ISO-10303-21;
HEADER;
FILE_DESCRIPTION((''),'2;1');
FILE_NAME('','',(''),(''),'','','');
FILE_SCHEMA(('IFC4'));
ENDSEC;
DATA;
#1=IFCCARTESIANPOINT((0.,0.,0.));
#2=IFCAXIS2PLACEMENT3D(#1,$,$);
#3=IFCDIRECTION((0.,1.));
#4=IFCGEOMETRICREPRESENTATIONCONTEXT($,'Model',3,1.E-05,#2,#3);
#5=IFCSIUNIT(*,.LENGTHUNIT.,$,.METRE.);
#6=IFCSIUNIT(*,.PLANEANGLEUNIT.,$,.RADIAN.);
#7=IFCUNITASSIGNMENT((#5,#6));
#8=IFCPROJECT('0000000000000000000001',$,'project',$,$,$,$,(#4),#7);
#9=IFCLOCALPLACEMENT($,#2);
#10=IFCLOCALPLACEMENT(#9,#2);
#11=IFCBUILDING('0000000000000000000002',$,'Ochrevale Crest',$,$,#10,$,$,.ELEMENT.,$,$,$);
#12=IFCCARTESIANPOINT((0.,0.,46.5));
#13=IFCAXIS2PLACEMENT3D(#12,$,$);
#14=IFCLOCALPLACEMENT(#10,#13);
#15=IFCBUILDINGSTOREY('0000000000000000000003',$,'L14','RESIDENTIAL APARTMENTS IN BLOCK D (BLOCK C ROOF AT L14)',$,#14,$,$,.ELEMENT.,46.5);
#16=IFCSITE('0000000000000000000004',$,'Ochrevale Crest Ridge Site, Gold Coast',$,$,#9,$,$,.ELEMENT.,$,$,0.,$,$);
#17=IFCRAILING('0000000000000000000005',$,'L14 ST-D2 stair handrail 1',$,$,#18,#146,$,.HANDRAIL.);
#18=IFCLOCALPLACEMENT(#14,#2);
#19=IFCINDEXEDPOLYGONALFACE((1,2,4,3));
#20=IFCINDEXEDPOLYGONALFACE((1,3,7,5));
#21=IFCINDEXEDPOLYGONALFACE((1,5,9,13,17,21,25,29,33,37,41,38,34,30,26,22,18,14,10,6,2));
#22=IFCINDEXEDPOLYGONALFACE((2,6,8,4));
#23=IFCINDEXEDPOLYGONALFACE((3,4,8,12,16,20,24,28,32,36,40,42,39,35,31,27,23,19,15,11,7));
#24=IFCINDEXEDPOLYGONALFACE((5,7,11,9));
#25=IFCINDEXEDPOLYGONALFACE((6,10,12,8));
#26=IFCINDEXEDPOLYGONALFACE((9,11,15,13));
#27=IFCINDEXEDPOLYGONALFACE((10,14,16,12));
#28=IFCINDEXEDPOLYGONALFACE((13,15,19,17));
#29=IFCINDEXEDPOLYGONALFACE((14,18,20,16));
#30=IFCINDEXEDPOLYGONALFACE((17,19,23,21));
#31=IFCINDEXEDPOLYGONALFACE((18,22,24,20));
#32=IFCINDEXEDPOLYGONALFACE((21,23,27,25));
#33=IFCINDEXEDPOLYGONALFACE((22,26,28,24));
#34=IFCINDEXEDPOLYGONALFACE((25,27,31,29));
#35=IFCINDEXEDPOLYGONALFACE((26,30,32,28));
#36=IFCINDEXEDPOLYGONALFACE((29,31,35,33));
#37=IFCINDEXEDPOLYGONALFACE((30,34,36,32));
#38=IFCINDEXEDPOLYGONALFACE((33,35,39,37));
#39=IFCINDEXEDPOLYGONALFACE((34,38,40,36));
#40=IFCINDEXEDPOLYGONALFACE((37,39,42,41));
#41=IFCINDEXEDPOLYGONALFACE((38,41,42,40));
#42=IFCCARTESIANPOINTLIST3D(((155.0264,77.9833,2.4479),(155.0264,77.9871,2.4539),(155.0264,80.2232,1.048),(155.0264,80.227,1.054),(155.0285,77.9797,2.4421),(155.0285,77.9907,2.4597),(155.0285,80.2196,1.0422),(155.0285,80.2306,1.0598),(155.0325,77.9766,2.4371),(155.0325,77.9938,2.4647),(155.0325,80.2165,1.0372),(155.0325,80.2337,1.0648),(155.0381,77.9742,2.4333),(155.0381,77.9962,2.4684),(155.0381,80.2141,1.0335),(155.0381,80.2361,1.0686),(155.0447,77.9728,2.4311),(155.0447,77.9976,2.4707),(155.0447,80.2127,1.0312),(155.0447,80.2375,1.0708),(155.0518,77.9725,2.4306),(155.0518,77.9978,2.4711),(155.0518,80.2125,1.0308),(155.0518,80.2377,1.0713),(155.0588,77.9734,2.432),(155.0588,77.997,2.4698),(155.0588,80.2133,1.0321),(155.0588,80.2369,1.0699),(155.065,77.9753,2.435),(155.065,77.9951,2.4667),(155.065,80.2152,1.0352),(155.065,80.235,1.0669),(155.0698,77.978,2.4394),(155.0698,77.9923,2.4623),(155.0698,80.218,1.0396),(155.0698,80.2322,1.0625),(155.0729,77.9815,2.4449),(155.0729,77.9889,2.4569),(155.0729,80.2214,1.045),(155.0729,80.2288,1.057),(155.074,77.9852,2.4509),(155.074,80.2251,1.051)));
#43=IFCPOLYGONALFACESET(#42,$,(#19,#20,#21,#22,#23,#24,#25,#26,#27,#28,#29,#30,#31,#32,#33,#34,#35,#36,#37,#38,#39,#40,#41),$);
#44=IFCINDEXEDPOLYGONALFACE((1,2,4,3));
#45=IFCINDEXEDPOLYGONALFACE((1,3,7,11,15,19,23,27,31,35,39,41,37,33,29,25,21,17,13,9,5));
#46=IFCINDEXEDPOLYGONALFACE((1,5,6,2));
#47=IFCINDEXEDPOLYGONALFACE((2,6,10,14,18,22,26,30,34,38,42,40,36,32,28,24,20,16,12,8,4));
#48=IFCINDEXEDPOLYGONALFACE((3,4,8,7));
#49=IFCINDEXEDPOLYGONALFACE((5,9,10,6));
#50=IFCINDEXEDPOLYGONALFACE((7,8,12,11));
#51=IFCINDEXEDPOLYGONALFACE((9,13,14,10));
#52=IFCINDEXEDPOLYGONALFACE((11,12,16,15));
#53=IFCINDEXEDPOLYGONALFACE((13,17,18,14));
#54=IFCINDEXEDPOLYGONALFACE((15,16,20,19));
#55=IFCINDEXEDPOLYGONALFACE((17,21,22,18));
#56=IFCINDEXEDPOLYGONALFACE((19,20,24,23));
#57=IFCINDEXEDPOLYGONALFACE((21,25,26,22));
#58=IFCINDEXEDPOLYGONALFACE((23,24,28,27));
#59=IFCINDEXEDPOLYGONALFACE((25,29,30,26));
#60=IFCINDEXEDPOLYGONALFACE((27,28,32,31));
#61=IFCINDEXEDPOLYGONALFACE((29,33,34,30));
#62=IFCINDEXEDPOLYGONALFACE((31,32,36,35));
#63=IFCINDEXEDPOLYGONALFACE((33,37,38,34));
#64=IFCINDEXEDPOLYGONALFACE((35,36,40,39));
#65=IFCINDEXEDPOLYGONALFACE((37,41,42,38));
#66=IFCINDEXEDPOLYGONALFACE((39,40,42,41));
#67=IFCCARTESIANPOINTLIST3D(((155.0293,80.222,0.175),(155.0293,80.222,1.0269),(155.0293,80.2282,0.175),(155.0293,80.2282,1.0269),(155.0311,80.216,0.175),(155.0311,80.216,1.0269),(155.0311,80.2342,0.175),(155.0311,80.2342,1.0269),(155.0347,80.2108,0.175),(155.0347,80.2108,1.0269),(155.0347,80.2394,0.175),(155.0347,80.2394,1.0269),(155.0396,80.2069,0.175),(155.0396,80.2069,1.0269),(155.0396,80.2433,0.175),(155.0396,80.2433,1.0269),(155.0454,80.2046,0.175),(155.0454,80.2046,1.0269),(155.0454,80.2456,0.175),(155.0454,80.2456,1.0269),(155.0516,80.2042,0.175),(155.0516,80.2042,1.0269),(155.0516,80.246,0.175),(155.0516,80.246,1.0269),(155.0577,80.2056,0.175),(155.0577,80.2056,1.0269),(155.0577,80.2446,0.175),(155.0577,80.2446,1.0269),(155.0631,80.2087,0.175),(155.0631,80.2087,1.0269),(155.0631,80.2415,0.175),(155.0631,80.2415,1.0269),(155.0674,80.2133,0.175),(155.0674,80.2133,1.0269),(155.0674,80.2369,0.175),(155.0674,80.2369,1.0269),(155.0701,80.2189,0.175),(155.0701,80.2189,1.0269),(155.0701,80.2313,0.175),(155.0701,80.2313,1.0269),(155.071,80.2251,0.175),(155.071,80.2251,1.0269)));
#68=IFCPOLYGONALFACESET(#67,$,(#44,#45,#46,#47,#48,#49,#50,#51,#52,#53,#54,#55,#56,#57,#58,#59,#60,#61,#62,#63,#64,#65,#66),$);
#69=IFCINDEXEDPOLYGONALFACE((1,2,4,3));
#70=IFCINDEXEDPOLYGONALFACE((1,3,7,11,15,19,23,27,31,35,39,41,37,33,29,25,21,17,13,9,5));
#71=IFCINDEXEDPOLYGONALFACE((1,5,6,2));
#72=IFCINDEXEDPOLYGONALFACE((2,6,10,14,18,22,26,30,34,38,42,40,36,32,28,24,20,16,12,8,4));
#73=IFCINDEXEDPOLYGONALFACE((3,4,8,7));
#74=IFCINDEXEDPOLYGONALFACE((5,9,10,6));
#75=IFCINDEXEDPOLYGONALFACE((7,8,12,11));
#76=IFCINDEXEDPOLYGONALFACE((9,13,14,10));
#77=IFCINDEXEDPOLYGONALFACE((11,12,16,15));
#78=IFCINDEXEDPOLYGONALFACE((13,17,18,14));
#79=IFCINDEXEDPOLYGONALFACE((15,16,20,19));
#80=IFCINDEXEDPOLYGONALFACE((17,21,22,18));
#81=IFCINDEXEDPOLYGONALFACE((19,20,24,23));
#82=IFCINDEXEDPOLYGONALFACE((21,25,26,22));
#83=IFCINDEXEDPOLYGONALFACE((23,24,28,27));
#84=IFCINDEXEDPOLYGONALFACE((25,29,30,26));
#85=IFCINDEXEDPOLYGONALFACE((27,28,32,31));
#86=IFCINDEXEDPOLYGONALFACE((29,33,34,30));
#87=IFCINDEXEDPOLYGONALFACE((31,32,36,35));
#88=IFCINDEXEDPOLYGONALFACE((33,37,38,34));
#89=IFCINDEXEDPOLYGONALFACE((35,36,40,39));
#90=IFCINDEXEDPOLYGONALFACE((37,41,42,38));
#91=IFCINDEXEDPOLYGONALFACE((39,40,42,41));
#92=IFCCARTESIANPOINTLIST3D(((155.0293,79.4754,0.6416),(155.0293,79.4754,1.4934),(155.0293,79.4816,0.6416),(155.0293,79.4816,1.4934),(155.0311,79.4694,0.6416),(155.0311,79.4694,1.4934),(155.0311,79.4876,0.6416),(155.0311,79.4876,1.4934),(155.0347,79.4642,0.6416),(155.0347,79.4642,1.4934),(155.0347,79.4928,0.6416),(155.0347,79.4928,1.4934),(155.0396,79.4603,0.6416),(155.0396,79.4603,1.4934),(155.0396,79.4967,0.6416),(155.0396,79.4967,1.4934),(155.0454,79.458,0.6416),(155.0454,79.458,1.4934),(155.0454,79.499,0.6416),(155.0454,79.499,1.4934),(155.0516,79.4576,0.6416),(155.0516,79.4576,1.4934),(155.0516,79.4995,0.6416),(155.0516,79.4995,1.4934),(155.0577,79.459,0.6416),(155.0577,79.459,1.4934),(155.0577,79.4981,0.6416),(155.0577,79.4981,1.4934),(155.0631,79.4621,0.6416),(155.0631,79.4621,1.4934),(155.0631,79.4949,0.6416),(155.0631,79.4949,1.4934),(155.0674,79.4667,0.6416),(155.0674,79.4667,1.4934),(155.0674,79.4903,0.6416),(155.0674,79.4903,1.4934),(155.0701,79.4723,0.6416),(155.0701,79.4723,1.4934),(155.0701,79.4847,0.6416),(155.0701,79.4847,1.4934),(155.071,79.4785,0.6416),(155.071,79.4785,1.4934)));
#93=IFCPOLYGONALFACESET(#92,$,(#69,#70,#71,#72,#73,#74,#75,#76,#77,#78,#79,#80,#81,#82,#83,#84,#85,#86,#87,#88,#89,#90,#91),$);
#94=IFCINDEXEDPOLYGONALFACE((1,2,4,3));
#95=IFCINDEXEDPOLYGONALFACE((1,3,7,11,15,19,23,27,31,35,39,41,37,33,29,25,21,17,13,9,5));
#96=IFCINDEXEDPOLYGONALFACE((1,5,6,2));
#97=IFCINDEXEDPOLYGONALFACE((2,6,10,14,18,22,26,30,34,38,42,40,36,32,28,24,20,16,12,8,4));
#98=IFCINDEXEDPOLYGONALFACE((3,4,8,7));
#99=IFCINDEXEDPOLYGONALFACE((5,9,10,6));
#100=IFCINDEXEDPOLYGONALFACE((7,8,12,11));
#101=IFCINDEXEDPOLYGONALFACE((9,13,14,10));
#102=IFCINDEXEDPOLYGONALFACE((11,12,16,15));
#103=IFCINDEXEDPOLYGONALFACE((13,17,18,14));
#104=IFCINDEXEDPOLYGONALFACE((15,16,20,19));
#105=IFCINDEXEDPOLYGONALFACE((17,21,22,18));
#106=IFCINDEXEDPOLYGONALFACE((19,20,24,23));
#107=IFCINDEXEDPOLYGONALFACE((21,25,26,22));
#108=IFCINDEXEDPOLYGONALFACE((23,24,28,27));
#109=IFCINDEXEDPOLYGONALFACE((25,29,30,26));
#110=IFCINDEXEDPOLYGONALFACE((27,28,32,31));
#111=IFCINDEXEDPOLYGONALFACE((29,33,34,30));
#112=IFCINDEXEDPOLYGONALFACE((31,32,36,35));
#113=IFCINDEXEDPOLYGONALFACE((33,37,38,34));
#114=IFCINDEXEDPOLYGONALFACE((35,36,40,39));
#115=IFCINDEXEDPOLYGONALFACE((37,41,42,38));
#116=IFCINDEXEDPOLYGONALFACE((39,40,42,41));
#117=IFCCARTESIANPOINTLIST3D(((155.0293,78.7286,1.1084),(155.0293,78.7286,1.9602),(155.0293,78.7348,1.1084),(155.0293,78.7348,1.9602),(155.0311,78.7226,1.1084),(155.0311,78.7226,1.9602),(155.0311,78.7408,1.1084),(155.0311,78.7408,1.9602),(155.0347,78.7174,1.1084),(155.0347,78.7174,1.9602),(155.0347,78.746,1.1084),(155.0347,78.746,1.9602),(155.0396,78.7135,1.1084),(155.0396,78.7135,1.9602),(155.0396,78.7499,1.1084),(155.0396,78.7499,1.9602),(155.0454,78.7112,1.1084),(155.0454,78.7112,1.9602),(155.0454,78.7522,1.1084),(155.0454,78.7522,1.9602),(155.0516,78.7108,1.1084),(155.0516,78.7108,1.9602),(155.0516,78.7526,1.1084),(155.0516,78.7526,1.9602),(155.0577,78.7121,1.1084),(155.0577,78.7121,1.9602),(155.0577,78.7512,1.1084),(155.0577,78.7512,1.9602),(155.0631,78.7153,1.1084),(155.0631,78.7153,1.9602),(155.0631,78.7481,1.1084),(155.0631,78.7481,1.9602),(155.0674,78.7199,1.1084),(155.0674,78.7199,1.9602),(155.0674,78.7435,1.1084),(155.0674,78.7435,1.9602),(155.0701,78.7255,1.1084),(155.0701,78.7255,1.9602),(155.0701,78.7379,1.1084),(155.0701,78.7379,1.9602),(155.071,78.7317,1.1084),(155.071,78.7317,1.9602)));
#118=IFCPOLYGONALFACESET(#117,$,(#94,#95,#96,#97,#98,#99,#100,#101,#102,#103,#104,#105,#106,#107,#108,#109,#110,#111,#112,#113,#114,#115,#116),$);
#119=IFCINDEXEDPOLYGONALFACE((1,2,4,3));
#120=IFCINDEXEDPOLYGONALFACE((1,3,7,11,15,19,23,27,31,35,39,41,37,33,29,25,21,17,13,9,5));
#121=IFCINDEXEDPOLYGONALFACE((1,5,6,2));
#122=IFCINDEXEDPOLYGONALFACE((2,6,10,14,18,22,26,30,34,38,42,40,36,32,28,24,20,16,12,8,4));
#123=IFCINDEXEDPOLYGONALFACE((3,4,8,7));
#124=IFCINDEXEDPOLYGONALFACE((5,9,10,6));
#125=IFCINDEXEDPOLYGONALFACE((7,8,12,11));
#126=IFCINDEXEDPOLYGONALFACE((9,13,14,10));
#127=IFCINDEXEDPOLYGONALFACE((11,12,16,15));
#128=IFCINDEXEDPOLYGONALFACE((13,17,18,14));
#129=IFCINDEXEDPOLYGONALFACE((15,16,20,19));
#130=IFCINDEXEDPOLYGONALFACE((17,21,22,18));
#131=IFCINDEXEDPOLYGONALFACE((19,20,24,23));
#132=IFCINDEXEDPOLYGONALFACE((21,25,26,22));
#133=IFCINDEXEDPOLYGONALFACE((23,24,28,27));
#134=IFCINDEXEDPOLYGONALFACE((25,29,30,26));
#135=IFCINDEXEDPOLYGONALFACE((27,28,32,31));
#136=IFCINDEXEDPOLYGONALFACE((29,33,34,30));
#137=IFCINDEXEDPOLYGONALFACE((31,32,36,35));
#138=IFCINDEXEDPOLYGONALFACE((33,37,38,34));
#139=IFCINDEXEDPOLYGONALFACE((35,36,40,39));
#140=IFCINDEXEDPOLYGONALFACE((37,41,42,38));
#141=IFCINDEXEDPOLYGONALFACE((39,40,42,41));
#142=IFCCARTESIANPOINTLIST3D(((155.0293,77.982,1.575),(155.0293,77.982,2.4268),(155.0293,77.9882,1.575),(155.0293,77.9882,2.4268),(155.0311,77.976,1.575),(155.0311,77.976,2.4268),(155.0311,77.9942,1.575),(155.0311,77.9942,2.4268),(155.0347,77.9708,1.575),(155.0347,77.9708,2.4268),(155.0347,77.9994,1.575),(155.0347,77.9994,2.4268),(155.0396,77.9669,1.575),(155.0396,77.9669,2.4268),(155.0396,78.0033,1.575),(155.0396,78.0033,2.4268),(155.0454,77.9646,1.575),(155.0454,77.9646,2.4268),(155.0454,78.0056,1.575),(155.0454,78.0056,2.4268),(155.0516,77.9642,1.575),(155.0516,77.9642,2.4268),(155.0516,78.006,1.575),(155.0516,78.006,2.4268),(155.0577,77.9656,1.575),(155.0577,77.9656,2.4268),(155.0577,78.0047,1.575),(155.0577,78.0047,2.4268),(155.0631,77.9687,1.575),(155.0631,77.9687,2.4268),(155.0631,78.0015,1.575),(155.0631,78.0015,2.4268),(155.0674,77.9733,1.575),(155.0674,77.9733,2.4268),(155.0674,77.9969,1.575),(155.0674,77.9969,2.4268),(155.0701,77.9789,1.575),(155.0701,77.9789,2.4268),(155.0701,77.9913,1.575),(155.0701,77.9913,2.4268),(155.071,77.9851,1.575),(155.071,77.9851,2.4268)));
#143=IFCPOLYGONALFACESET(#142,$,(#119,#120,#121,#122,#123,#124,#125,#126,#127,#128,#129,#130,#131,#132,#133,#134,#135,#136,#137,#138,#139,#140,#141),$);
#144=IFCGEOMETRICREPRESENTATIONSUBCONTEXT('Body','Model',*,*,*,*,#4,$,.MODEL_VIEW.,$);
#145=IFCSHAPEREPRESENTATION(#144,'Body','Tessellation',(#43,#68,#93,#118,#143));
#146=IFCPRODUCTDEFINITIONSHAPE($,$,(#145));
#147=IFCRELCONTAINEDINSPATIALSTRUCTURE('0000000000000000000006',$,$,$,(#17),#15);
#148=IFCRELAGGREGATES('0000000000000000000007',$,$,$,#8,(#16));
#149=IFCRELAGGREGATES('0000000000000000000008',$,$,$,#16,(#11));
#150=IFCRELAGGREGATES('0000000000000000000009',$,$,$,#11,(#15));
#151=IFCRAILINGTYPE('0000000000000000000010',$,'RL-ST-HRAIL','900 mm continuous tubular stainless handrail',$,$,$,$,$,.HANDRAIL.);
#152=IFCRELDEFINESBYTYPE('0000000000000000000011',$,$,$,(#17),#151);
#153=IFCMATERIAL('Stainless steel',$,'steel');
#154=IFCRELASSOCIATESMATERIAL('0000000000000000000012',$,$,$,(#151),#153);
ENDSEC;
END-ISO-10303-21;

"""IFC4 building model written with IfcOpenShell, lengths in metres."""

from ifc_helpers import new_model, si_unit, direction, frame, origin, origin_2d, place, context, subcontext, project, spatial, circle, extrude, material, type_object, element, save


model = new_model("IFC4")

# Units and contexts
model_context = context("Model", 3, precision=1e-05, world=origin(), true_north=direction((0.0, 1.0)))
body_context = subcontext(model_context, "Body", "Model", "MODEL_VIEW")
ifc_project = project(units=[si_unit("LENGTHUNIT", "METRE"), si_unit("PLANEANGLEUNIT", "RADIAN")], contexts=[model_context])

# Site, building, storey
site_placement = place(None, origin())
site = spatial("IfcSite", under=ifc_project, at=site_placement, Name="Ochrevale Crest Ridge Site, Gold Coast", CompositionType="ELEMENT", RefElevation=0.0)
building_placement = place(site_placement, origin())
building = spatial("IfcBuilding", under=site, at=building_placement, Name="Ochrevale Crest", CompositionType="ELEMENT")
storey_placement = place(building_placement, frame((0.0, 0.0, 46.5)))
storey = spatial("IfcBuildingStorey", under=building, at=storey_placement, Name="L14", Description="RESIDENTIAL APARTMENTS IN BLOCK D (BLOCK C ROOF AT L14)", CompositionType="ELEMENT", Elevation=46.5)

# Railing
ifc_material_1 = material(Name="Stainless steel", Category="steel")
railing_type_1 = type_object("IfcRailingType", Name="RL-ST-HRAIL", Description="900 mm continuous tubular stainless handrail", PredefinedType="HANDRAIL", material=ifc_material_1)
railing_1_placement = place(storey_placement, frame((155.05, 80.2251, 0.175)))
element("IfcRailing", 1, at=railing_1_placement, inside=storey, type_object=railing_type_1, Name="L14 ST-D2 stair handrail 1", PredefinedType="HANDRAIL", context=body_context, shape_type="SweptSolid", body=[
    extrude(circle(Radius=0.0239, at=origin_2d()), frame((0.0, 0.0, 0.876), z_axis=(0.0, -0.848014, 0.529974), x_axis=(1.0, 0.0, 0.0)), (0.0, 0.0, 1.0), 2.6414),
    extrude(circle(Radius=0.021, at=origin_2d()), origin(), (0.0, 0.0, 1.0), 0.8518),
    extrude(circle(Radius=0.021, at=origin_2d()), frame((0.0, -0.7466, 0.4666)), (0.0, 0.0, 1.0), 0.8518),
    extrude(circle(Radius=0.021, at=origin_2d()), frame((0.0, -1.4934, 0.9333)), (0.0, 0.0, 1.0), 0.8518),
    extrude(circle(Radius=0.021, at=origin_2d()), frame((0.0, -2.24, 1.3999)), (0.0, 0.0, 1.0), 0.8518),
])

save(model, "model.ifc")
